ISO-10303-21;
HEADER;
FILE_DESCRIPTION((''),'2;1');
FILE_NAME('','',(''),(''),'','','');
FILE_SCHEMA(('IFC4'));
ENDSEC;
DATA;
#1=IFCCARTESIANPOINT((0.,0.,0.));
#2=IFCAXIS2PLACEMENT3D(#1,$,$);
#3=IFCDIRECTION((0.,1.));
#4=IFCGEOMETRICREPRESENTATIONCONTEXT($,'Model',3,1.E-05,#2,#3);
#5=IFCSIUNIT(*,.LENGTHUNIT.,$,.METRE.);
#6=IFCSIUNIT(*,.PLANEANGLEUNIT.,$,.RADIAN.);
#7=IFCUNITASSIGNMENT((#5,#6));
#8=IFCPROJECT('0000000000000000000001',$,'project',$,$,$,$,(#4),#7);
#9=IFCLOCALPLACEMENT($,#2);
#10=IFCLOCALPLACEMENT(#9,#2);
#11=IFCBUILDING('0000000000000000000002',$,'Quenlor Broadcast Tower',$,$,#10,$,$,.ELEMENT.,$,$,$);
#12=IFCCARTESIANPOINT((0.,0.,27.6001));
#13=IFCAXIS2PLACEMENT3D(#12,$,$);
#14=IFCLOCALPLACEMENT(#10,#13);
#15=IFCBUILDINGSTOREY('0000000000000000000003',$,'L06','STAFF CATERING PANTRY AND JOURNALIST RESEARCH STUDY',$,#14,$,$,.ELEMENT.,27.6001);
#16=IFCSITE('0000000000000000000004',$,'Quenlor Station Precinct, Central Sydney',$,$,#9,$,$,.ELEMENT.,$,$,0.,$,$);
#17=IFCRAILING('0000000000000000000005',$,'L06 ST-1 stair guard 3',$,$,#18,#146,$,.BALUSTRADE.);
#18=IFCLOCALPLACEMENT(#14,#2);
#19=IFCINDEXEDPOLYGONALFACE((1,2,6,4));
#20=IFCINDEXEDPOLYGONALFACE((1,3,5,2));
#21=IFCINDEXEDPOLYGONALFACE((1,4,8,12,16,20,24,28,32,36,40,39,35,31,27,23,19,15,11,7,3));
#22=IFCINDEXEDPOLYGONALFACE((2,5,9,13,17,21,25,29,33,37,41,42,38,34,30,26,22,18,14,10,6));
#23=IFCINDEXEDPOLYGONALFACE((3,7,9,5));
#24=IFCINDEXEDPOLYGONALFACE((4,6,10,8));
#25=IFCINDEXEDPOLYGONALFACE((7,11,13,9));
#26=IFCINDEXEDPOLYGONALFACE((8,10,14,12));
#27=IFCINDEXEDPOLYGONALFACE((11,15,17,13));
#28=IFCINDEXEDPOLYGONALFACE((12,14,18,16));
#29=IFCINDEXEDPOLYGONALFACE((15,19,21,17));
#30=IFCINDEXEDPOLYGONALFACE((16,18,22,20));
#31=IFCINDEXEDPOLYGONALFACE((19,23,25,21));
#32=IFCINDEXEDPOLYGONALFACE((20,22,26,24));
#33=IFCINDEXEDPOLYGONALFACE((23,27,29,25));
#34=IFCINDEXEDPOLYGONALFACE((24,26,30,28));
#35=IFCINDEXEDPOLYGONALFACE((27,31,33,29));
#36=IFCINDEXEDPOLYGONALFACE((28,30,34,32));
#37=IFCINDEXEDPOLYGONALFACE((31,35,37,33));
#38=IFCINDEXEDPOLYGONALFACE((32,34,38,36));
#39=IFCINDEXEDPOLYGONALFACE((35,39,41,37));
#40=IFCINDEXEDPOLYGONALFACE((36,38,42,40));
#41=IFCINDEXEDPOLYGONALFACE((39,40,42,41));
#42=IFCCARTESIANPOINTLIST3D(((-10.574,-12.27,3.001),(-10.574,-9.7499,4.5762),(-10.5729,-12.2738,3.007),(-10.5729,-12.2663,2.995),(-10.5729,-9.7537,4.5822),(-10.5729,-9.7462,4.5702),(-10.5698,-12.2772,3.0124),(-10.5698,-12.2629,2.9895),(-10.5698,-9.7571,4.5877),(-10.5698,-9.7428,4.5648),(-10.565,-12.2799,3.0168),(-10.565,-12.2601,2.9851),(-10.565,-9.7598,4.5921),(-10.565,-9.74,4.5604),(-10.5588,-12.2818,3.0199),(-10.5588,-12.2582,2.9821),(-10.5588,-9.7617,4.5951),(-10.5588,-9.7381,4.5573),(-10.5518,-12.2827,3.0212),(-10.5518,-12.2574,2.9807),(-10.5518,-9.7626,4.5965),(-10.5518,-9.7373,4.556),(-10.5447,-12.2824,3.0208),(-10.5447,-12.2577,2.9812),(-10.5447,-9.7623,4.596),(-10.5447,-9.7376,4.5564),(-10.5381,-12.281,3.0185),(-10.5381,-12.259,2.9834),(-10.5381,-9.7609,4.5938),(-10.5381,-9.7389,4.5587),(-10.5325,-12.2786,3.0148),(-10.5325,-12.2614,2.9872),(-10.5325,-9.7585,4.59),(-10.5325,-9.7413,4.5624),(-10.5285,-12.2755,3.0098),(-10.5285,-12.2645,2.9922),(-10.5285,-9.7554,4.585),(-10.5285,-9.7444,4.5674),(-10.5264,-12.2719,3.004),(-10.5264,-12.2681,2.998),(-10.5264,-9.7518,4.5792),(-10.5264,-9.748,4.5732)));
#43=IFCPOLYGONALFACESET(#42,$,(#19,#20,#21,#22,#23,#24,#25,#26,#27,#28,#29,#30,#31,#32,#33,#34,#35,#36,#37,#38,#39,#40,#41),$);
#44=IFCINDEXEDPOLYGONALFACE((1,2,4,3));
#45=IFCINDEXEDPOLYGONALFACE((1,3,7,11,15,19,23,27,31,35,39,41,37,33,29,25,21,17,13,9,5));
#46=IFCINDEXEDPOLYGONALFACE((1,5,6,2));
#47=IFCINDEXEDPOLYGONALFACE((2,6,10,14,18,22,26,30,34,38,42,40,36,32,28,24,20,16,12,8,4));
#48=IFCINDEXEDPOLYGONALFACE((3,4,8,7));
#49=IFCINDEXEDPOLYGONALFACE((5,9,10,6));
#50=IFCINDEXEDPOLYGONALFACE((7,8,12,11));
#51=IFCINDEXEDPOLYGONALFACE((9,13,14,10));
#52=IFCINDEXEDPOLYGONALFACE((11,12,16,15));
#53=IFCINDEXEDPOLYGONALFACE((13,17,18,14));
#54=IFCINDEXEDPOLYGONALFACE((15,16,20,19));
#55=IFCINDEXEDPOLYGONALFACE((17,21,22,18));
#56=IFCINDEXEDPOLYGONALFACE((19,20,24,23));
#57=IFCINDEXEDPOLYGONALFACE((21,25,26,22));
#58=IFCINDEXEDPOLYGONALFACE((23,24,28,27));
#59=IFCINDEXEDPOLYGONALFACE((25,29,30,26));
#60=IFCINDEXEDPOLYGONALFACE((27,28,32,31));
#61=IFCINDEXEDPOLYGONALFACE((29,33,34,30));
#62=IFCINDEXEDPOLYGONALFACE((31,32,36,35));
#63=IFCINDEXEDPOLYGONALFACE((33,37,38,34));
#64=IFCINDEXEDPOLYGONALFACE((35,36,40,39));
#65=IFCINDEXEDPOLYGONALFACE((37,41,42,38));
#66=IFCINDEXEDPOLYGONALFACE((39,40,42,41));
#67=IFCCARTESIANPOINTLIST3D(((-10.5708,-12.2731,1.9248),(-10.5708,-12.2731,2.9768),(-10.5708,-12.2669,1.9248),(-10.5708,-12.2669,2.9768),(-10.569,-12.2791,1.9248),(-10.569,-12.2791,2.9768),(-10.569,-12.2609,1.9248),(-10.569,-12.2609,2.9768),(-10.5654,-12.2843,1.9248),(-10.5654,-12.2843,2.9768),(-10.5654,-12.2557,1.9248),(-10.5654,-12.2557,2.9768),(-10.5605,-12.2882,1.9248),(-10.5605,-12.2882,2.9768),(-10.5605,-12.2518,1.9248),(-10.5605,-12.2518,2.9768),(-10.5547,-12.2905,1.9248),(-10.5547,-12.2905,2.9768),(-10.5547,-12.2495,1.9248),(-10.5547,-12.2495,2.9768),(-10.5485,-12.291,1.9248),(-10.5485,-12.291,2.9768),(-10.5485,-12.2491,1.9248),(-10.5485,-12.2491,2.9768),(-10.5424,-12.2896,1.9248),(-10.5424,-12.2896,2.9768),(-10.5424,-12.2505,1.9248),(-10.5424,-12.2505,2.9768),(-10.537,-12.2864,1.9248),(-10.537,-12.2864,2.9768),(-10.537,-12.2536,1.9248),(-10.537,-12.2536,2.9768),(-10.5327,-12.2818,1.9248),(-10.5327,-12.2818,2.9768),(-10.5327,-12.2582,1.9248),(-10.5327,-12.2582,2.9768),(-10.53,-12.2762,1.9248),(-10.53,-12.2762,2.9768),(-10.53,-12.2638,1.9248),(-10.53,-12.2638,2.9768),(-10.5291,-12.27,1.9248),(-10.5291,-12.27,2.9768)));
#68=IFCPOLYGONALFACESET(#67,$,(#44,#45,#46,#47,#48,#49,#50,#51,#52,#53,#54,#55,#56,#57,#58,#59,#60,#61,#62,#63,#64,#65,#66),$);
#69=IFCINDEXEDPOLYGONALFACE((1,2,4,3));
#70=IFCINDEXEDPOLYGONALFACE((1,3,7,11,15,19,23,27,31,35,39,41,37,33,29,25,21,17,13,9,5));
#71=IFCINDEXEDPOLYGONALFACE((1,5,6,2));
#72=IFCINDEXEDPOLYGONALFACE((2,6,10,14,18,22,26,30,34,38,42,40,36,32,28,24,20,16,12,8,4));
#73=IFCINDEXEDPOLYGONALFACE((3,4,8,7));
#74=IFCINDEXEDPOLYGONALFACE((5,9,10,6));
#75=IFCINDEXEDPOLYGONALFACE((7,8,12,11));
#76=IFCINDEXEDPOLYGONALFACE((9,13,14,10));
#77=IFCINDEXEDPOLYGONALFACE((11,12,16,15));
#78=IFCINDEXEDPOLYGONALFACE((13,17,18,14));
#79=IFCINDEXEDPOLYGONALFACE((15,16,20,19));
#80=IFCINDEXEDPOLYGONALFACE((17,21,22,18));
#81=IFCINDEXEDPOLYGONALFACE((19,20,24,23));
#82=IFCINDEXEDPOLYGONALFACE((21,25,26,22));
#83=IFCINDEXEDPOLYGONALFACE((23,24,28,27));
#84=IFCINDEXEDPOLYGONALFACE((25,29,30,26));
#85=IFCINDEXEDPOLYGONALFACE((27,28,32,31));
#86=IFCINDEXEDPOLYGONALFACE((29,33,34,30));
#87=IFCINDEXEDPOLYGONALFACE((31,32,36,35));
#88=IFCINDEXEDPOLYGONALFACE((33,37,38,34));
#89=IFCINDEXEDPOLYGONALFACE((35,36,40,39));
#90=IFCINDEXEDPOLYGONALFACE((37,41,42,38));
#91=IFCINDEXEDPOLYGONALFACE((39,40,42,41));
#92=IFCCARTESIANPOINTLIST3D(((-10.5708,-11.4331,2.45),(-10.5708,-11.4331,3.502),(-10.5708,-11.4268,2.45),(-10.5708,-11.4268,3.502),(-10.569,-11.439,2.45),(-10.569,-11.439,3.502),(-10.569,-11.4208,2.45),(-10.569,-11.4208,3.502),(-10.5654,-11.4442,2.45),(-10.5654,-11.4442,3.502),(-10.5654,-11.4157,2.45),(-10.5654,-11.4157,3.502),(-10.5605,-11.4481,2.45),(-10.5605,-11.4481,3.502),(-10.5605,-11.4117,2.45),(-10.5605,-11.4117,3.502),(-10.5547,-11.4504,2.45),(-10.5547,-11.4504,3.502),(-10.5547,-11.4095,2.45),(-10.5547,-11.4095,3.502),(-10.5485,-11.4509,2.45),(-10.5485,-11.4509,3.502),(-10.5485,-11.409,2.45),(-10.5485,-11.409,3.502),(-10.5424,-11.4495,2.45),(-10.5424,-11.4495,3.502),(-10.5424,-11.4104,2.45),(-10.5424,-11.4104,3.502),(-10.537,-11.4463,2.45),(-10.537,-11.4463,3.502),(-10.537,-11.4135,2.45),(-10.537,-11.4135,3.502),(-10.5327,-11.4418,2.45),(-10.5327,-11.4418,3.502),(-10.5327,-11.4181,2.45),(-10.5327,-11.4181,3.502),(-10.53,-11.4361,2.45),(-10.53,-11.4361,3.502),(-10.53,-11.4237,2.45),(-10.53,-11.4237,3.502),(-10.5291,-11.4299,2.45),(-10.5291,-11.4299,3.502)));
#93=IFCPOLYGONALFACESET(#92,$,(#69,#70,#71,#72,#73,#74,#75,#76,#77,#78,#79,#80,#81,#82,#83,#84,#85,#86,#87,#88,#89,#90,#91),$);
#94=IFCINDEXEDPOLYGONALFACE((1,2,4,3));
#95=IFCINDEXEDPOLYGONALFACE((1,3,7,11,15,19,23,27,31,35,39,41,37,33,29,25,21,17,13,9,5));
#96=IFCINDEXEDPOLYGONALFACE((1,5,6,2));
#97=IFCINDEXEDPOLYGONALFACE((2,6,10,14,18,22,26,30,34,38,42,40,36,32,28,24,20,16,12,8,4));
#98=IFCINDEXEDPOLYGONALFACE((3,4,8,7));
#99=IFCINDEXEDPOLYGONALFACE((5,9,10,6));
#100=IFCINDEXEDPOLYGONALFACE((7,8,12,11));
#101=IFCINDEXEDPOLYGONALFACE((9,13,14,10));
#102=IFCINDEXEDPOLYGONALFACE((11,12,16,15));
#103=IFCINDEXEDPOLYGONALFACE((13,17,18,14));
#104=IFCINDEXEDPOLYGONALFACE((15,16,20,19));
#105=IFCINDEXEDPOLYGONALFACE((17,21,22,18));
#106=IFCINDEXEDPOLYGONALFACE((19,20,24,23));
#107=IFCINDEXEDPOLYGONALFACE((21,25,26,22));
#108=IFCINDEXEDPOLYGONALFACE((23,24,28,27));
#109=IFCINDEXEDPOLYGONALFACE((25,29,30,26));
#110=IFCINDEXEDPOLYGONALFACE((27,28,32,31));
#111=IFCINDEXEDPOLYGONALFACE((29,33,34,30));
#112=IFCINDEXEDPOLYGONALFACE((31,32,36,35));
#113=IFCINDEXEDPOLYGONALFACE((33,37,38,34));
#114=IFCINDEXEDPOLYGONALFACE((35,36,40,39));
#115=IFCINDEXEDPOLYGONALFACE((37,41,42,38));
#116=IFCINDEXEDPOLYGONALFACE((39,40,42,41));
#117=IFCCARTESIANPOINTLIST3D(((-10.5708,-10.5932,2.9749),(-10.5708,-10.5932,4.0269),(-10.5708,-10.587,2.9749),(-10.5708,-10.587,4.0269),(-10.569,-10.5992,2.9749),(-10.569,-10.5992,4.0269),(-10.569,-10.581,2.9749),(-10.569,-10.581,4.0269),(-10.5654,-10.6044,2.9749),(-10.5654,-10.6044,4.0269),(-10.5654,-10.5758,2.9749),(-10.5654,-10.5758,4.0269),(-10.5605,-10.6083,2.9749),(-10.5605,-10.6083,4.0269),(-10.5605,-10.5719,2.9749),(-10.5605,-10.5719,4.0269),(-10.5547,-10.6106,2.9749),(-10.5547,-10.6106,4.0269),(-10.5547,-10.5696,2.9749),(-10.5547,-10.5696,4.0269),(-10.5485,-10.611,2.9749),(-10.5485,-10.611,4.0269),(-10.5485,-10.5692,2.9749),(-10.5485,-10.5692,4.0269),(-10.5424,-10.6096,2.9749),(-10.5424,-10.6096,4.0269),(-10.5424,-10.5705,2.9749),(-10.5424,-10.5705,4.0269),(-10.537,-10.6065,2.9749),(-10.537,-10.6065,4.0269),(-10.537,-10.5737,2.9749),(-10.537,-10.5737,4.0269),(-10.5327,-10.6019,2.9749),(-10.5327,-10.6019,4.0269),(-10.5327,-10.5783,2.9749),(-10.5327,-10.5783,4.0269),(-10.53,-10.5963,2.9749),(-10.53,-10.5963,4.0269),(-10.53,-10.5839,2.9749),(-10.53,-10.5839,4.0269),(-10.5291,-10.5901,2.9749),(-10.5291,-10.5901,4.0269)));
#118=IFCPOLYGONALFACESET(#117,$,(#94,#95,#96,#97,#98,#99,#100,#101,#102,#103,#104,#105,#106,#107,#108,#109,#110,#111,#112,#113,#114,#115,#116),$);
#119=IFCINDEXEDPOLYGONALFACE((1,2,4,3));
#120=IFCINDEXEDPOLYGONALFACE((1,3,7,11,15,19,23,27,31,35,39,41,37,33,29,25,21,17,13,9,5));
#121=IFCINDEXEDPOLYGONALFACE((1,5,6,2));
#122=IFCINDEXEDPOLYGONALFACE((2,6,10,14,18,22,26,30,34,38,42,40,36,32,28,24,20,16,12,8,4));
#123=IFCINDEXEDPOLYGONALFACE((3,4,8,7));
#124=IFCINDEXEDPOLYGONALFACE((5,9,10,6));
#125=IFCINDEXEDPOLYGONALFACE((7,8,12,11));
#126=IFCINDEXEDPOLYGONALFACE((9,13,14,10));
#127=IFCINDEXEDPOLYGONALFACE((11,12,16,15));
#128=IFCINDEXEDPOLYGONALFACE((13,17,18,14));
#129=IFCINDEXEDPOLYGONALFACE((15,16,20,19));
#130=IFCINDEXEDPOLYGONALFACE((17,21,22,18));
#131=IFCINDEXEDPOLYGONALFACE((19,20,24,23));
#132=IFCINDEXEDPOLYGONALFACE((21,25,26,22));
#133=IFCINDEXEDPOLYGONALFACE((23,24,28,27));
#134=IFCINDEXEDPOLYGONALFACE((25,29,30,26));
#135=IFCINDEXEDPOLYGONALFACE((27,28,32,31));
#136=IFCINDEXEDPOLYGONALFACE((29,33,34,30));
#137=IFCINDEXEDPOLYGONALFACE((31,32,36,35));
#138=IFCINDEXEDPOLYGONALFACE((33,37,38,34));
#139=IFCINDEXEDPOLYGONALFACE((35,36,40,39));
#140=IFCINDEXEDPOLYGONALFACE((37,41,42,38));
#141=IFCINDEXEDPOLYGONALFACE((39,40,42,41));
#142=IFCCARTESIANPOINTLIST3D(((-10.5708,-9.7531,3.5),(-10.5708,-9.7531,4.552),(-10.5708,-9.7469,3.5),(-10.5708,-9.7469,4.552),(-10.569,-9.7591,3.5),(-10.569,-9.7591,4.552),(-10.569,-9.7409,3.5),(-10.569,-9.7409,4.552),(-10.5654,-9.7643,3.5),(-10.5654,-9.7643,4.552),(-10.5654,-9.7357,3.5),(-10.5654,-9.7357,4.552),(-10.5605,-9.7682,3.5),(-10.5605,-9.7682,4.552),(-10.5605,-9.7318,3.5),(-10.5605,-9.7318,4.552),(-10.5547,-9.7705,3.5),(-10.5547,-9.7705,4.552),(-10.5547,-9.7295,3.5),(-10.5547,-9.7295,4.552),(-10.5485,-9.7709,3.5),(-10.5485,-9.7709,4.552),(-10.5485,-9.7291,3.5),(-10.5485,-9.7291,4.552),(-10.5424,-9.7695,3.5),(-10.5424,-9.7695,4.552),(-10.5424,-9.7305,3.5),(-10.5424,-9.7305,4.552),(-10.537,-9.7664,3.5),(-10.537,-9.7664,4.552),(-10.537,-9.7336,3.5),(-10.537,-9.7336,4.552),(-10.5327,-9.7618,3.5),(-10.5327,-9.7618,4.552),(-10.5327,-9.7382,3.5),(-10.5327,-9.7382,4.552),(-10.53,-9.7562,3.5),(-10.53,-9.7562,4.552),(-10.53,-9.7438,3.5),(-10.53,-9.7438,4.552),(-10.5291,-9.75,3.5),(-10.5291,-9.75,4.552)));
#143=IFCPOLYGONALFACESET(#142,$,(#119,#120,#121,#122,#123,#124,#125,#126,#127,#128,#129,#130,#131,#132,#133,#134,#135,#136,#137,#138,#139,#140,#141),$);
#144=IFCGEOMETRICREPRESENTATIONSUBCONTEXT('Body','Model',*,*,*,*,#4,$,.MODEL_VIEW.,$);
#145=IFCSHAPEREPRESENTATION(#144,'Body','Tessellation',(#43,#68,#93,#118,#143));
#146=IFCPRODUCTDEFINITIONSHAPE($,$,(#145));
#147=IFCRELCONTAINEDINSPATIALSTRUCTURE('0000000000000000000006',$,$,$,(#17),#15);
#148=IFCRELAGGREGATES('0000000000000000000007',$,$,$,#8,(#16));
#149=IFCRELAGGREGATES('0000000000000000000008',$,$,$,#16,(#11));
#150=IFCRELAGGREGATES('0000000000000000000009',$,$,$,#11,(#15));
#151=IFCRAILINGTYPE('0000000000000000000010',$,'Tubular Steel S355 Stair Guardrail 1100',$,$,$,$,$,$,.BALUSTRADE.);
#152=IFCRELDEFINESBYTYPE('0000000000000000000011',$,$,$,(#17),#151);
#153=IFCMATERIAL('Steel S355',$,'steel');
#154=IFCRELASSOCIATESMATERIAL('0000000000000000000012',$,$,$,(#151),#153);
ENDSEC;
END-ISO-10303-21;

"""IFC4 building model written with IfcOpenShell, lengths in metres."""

from ifc_helpers import new_model, si_unit, direction, frame, origin, origin_2d, place, context, subcontext, project, spatial, circle, extrude, material, type_object, element, save


model = new_model("IFC4")

# Units and contexts
model_context = context("Model", 3, precision=1e-05, world=origin(), true_north=direction((0.0, 1.0)))
body_context = subcontext(model_context, "Body", "Model", "MODEL_VIEW")
ifc_project = project(units=[si_unit("LENGTHUNIT", "METRE"), si_unit("PLANEANGLEUNIT", "RADIAN")], contexts=[model_context])

# Site, building, storey
site_placement = place(None, origin())
site = spatial("IfcSite", under=ifc_project, at=site_placement, Name="Quenlor Station Precinct, Central Sydney", CompositionType="ELEMENT", RefElevation=0.0)
building_placement = place(site_placement, origin())
building = spatial("IfcBuilding", under=site, at=building_placement, Name="Quenlor Broadcast Tower", CompositionType="ELEMENT")
storey_placement = place(building_placement, frame((0.0, 0.0, 27.6001)))
storey = spatial("IfcBuildingStorey", under=building, at=storey_placement, Name="L06", Description="STAFF CATERING PANTRY AND JOURNALIST RESEARCH STUDY", CompositionType="ELEMENT", Elevation=27.6001)

# Railing
ifc_material_1 = material(Name="Steel S355", Category="steel")
railing_type_1 = type_object("IfcRailingType", Name="Tubular Steel S355 Stair Guardrail 1100", PredefinedType="BALUSTRADE", material=ifc_material_1)
railing_1_placement = place(storey_placement, frame((-10.55, -12.27, 1.9248)))
element("IfcRailing", 1, at=railing_1_placement, inside=storey, type_object=railing_type_1, Name="L06 ST-1 stair guard 3", PredefinedType="BALUSTRADE", context=body_context, shape_type="SweptSolid", body=[
    extrude(circle(Radius=0.0239, at=origin_2d()), frame((0.0, 0.0, 1.0762), z_axis=(0.0, 0.847971, 0.530043), x_axis=(-1.0, 0.0, 0.0)), (0.0, 0.0, 1.0), 2.9719),
    extrude(circle(Radius=0.021, at=origin_2d()), origin(), (0.0, 0.0, 1.0), 1.052),
    extrude(circle(Radius=0.021, at=origin_2d()), frame((0.0, 0.8401, 0.5251)), (0.0, 0.0, 1.0), 1.052),
    extrude(circle(Radius=0.021, at=origin_2d()), frame((0.0, 1.6799, 1.05)), (0.0, 0.0, 1.0), 1.052),
    extrude(circle(Radius=0.021, at=origin_2d()), frame((0.0, 2.52, 1.5752)), (0.0, 0.0, 1.0), 1.052),
])

save(model, "model.ifc")
